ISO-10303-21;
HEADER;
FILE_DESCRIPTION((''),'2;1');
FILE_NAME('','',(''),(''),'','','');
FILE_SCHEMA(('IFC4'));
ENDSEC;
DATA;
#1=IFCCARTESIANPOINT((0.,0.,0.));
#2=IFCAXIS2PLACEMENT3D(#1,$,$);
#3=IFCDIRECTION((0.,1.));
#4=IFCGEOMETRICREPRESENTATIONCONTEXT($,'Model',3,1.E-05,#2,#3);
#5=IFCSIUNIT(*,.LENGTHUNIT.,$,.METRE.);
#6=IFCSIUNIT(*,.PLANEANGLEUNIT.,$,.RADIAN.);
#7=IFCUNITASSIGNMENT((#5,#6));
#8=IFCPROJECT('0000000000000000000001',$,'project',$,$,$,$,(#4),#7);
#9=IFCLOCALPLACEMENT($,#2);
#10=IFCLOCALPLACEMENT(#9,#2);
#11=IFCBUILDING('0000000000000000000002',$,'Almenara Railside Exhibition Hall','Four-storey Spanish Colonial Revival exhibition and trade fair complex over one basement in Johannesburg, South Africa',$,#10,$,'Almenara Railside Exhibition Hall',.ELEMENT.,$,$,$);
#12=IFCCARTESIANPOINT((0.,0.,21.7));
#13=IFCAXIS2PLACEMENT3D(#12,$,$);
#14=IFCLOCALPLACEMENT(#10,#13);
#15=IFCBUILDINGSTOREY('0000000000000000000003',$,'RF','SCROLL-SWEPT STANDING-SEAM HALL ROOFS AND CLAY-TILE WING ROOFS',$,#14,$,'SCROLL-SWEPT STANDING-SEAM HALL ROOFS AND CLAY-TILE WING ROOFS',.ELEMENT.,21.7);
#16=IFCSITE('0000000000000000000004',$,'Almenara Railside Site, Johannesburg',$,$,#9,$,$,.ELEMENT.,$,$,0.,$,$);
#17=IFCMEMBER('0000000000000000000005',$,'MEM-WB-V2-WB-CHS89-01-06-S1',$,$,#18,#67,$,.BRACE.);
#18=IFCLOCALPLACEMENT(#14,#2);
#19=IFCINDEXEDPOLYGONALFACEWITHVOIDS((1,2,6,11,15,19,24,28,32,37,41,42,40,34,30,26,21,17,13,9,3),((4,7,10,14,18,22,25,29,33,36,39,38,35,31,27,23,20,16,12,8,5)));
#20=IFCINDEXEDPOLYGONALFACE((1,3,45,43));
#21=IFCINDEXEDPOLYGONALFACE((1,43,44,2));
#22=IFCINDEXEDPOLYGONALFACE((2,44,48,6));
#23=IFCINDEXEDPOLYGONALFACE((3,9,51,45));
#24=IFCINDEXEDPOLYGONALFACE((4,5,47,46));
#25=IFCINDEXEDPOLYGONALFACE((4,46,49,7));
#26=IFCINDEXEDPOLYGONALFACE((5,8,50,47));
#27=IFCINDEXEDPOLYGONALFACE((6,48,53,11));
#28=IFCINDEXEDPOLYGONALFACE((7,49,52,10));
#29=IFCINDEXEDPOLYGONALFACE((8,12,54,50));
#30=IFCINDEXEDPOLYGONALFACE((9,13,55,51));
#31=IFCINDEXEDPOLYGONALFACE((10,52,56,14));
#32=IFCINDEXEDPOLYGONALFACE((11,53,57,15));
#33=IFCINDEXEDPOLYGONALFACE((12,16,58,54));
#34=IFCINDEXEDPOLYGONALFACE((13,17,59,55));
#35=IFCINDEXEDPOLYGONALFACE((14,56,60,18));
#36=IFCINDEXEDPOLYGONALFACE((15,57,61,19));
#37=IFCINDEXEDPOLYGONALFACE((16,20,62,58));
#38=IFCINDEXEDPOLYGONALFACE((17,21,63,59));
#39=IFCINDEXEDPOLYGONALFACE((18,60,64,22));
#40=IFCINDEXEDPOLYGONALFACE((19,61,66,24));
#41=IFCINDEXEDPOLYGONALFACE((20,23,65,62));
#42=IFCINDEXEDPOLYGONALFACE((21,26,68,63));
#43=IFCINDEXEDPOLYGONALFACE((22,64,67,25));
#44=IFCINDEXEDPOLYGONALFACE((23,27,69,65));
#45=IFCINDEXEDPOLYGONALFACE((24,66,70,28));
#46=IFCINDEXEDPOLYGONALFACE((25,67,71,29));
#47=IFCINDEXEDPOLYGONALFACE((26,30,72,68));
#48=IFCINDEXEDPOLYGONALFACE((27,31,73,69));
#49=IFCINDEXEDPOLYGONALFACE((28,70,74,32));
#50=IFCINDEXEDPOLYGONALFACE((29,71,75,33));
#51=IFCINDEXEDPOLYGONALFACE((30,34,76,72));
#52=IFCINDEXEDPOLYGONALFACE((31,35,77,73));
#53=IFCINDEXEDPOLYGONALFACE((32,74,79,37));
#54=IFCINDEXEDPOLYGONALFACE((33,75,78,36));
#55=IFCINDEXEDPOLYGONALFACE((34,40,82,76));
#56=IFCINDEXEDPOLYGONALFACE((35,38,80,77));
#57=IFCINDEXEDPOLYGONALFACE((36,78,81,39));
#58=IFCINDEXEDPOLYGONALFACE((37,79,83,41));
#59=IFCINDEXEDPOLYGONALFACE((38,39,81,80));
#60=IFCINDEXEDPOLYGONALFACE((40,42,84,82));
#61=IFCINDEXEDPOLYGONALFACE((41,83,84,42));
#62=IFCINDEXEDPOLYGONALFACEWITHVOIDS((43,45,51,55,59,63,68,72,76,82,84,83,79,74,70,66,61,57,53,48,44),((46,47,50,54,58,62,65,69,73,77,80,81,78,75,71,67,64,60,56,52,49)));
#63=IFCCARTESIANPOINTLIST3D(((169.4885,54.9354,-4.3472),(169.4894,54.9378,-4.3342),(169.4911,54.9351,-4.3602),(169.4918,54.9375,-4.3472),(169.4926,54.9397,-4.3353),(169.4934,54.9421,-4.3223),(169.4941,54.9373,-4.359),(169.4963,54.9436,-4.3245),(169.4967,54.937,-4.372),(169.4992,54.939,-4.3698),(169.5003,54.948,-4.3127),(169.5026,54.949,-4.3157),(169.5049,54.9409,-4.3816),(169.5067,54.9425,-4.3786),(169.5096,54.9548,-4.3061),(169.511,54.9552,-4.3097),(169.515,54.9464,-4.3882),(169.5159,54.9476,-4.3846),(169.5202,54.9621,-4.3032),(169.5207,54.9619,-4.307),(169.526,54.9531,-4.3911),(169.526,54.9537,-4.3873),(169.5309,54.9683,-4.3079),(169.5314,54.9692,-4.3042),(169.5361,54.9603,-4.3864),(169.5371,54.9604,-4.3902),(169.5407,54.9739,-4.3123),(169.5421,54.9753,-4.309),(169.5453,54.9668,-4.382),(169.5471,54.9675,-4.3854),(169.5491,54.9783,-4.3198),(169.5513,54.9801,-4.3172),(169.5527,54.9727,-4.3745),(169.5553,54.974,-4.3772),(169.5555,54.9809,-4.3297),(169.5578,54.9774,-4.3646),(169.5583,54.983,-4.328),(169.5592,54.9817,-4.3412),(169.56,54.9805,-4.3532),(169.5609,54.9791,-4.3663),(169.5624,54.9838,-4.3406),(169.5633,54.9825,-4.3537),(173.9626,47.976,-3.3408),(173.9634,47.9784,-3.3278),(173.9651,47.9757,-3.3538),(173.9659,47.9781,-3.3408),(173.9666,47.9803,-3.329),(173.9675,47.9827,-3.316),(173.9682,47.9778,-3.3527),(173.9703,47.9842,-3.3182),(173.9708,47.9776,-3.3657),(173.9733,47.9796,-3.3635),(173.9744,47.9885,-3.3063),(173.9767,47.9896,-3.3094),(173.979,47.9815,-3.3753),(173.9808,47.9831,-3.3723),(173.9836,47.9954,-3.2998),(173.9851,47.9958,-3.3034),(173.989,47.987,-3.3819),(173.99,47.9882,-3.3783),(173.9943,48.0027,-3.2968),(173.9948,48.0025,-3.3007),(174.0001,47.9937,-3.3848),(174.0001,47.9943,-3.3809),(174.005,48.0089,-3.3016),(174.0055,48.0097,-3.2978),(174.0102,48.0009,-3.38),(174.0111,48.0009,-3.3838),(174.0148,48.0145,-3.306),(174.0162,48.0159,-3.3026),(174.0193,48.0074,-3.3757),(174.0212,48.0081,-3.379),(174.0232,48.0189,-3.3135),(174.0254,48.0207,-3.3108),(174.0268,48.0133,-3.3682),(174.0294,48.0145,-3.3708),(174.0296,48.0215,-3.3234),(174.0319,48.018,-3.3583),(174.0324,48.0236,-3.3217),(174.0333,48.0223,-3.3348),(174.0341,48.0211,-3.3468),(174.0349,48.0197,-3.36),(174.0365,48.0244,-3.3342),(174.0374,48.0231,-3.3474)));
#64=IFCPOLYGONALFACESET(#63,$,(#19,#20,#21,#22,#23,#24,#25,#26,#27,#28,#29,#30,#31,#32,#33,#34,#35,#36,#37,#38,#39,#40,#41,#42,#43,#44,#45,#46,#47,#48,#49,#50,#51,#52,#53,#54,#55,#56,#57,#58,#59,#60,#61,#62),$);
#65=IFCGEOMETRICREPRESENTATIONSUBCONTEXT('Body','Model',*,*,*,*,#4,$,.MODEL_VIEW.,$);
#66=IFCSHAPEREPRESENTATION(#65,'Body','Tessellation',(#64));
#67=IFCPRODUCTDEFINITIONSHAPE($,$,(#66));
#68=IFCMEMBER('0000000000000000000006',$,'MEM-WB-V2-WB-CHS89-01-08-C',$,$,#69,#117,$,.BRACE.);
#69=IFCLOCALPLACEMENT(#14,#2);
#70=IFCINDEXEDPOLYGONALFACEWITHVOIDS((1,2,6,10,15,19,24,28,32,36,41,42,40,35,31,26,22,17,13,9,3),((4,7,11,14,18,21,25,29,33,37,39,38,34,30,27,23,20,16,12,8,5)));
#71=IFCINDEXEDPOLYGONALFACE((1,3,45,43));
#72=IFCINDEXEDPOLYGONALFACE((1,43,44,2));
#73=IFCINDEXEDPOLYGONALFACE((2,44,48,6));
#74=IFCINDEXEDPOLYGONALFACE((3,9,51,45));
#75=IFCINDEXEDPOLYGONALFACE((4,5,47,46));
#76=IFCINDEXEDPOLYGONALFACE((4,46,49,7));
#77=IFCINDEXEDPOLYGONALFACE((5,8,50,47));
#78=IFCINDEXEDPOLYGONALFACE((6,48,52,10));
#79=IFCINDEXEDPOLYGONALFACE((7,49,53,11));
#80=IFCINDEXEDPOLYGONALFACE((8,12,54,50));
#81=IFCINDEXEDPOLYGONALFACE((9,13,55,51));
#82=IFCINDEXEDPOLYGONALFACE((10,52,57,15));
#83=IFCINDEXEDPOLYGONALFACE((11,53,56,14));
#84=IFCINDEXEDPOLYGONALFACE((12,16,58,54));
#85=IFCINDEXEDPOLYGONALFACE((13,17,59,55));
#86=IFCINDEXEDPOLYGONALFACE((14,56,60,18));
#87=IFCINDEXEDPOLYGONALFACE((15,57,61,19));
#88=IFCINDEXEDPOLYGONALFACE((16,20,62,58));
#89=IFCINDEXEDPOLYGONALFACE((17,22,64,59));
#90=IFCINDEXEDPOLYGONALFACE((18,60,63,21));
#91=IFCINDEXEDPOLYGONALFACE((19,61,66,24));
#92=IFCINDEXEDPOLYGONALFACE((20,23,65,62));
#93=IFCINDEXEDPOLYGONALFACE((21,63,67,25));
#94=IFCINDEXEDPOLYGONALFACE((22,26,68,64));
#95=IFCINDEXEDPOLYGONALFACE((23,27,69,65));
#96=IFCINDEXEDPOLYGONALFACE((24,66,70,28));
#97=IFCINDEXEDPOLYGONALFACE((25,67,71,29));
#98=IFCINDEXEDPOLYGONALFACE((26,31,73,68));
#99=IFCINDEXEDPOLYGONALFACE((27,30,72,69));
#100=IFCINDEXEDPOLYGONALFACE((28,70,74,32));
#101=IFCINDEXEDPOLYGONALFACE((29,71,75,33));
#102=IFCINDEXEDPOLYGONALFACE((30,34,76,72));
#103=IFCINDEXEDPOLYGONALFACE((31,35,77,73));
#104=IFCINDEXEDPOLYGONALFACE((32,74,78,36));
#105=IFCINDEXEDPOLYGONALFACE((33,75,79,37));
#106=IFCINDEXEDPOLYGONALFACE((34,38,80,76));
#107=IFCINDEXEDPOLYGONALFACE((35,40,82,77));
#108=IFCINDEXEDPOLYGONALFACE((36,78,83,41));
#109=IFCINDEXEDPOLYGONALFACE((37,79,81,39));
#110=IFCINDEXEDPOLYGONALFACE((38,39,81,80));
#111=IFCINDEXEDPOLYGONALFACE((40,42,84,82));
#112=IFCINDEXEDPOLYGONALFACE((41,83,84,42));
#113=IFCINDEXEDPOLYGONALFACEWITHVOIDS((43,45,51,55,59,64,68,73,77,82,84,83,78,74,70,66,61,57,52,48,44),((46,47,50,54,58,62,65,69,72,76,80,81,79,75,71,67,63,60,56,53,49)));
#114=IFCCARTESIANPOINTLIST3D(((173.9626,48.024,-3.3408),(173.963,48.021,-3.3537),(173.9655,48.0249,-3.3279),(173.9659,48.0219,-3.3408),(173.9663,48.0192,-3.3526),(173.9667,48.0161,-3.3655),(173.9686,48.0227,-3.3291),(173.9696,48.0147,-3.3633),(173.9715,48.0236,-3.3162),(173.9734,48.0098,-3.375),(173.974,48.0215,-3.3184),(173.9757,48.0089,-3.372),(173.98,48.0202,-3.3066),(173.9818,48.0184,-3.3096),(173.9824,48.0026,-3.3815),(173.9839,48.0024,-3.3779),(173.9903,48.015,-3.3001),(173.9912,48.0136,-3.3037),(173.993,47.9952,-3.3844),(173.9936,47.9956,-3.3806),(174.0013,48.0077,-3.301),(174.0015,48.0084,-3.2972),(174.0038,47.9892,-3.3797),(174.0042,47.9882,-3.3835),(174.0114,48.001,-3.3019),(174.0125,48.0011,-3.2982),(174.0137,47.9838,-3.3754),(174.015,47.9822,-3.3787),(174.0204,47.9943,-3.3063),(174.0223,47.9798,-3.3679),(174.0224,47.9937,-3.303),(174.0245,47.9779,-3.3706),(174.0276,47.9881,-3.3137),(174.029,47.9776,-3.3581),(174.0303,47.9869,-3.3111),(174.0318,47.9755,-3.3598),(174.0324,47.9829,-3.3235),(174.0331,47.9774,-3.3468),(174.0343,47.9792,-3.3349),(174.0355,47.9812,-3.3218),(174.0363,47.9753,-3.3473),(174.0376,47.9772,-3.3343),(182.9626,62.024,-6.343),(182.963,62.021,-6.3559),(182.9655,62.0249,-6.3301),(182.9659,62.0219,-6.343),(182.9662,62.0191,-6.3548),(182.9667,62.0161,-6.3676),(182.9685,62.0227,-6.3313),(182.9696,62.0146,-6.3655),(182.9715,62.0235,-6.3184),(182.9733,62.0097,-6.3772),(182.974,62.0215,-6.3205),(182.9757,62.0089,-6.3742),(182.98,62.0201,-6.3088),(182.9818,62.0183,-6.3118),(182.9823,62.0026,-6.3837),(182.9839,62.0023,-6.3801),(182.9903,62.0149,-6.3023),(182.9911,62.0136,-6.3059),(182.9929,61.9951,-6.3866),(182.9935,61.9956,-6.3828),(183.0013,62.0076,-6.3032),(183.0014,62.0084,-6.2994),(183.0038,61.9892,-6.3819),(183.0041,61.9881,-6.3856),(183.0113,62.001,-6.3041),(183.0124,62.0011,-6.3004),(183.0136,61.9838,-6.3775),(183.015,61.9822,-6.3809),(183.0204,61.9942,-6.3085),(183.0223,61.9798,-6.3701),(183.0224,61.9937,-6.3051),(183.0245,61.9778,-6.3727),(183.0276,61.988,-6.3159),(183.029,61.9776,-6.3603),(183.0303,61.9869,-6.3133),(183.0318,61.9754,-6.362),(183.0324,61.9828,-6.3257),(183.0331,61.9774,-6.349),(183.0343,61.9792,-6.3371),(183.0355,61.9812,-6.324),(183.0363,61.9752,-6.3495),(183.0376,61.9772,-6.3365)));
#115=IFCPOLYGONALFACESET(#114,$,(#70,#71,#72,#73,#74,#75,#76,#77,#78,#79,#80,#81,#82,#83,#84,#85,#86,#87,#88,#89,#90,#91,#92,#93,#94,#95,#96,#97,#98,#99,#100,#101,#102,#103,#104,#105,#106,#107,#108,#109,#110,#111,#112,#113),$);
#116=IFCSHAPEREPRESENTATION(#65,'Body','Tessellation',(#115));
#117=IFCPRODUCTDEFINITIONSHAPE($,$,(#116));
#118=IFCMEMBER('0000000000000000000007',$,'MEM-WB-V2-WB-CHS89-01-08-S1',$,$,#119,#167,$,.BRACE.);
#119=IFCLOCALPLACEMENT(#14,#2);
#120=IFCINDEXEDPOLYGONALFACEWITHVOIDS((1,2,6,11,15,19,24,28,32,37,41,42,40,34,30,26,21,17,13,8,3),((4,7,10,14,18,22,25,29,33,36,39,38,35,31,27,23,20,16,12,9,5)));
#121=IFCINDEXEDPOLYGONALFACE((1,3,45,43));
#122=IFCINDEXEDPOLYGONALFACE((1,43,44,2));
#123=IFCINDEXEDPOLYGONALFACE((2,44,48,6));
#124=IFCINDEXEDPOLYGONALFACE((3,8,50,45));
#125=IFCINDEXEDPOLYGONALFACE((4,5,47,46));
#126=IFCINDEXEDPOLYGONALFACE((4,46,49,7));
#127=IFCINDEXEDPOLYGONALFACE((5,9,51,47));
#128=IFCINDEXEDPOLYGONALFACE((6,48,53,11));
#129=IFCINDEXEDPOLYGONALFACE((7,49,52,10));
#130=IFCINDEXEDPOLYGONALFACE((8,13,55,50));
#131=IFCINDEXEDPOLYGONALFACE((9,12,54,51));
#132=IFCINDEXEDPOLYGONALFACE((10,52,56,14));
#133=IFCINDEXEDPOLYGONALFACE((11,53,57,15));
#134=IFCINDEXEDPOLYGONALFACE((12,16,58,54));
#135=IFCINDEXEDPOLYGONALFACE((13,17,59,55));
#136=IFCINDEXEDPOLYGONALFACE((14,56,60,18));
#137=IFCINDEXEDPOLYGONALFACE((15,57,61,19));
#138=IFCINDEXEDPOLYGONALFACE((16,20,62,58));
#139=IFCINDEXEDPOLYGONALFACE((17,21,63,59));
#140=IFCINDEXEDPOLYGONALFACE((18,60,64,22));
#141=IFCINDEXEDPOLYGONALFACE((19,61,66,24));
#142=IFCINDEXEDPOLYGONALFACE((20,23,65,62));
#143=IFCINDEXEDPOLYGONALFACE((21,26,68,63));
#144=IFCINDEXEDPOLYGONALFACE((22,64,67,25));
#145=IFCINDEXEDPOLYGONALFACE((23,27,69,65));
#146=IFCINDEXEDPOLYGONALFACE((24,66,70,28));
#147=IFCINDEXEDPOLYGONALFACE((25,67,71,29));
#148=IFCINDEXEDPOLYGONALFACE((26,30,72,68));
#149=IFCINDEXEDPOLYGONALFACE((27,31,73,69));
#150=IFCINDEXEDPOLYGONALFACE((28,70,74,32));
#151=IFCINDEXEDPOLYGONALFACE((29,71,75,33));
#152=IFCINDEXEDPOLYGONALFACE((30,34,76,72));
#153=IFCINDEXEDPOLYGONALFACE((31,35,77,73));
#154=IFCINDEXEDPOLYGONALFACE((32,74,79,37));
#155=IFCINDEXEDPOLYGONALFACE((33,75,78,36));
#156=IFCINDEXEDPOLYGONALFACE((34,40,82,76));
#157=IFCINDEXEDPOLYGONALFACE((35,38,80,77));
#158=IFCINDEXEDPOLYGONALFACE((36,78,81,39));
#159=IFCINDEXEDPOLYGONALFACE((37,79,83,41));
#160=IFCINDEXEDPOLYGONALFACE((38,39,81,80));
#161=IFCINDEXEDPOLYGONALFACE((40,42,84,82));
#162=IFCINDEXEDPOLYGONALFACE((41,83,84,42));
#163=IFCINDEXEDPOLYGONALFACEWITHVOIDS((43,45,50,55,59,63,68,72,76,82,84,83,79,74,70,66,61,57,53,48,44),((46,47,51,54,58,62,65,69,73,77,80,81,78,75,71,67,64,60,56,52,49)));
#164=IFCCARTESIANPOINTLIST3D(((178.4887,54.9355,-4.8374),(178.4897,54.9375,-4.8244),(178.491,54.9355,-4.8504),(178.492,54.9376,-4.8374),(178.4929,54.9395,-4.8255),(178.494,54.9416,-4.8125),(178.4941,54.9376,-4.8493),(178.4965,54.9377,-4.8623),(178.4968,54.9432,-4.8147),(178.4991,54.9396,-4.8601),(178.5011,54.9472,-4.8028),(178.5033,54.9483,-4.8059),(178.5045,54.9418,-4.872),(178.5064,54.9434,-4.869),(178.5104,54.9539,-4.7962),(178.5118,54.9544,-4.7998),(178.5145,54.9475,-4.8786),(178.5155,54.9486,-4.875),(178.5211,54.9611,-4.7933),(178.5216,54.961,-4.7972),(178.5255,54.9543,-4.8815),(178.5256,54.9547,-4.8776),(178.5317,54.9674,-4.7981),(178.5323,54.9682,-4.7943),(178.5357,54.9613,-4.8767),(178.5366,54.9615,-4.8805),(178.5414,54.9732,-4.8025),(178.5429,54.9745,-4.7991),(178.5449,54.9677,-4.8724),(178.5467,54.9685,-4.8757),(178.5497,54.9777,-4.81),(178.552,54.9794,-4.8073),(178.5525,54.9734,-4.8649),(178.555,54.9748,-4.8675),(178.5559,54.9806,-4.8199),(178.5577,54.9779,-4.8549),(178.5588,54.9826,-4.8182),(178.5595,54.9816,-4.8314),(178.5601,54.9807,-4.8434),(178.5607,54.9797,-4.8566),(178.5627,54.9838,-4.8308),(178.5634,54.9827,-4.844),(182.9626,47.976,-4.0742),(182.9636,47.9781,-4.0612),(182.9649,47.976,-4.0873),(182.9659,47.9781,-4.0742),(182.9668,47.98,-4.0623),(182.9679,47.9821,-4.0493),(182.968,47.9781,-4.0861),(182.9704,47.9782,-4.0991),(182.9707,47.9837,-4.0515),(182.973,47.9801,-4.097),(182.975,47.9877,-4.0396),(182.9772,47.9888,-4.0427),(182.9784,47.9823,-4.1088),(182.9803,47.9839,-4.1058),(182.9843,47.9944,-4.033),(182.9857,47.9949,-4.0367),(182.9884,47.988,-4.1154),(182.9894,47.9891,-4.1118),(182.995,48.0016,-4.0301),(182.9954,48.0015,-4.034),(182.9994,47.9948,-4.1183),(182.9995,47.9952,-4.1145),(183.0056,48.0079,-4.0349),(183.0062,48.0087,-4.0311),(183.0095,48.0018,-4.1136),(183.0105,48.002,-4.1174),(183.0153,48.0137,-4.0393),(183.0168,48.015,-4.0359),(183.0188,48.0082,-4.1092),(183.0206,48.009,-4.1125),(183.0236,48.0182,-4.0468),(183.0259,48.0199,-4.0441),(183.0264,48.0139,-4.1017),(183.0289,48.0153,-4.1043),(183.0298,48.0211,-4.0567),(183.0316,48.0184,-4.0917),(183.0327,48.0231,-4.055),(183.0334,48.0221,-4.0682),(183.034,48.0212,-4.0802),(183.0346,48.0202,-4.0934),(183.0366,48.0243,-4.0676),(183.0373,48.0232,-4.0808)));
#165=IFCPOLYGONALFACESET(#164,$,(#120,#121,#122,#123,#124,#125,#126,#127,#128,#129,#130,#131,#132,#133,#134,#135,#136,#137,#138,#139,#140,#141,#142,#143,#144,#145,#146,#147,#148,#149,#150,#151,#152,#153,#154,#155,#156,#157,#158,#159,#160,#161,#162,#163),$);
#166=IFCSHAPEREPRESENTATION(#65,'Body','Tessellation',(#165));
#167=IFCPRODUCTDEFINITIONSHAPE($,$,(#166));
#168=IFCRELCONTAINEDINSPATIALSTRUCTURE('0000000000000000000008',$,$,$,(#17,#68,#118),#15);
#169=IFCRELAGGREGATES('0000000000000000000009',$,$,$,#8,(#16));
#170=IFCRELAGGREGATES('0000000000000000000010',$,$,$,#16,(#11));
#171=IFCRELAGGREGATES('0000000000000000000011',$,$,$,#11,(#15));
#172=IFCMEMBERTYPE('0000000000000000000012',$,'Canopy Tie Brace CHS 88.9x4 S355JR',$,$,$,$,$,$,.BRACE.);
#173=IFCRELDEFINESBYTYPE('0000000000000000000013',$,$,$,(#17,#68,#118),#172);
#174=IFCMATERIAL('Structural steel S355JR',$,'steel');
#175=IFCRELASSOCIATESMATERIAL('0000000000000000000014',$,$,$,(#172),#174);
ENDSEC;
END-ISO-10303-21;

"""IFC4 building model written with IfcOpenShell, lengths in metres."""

from ifc_helpers import new_model, si_unit, direction, frame, origin, origin_2d, place, context, subcontext, project, spatial, hollow_circle, extrude, material, material_profile, profile_set, type_object, element, save


model = new_model("IFC4")

# Units and contexts
model_context = context("Model", 3, precision=1e-05, world=origin(), true_north=direction((0.0, 1.0)))
body_context = subcontext(model_context, "Body", "Model", "MODEL_VIEW")
ifc_project = project(units=[si_unit("LENGTHUNIT", "METRE"), si_unit("PLANEANGLEUNIT", "RADIAN")], contexts=[model_context])

# Site, building, storey
site_placement = place(None, origin())
site = spatial("IfcSite", under=ifc_project, at=site_placement, Name="Almenara Railside Site, Johannesburg", CompositionType="ELEMENT", RefElevation=0.0)
building_placement = place(site_placement, origin())
building = spatial("IfcBuilding", under=site, at=building_placement, Name="Almenara Railside Exhibition Hall", Description="Four-storey Spanish Colonial Revival exhibition and trade fair complex over one basement in Johannesburg, South Africa", LongName="Almenara Railside Exhibition Hall", CompositionType="ELEMENT")
storey_placement = place(building_placement, frame((0.0, 0.0, 21.7)))
storey = spatial("IfcBuildingStorey", under=building, at=storey_placement, Name="RF", Description="SCROLL-SWEPT STANDING-SEAM HALL ROOFS AND CLAY-TILE WING ROOFS", LongName="SCROLL-SWEPT STANDING-SEAM HALL ROOFS AND CLAY-TILE WING ROOFS", CompositionType="ELEMENT", Elevation=21.7)

# Members
ifc_material_1 = material(Name="Structural steel S355JR", Category="steel")
ifc_material_profile_1 = material_profile(ifc_material_1, hollow_circle(Radius=0.0444, WallThickness=0.0039, at=origin_2d()), Name="CHS 88.9x4")
ifc_profile_set_1 = profile_set([ifc_material_profile_1], Name="Structural steel S355JR")
member_type_1 = type_object("IfcMemberType", Name="Canopy Tie Brace CHS 88.9x4 S355JR", PredefinedType="BRACE", material=ifc_profile_set_1)
member_1_placement = place(storey_placement, frame((174.0, 48.0, -3.3408), z_axis=(-0.536816, 0.835015, -0.120744), x_axis=(-0.841169, -0.540773, 0.0)))
element("IfcMember", 1, at=member_1_placement, inside=storey, type_object=member_type_1, Name="MEM-WB-V2-WB-CHS89-01-06-S1", PredefinedType="BRACE", context=body_context, shape_type="SweptSolid", body=[
    extrude(hollow_circle(Radius=0.0444, WallThickness=0.0039, at=origin_2d()), origin(), (0.0, 0.0, 1.0), 8.3345),
])
member_2_placement = place(storey_placement, frame((174.0, 48.0, -3.3408), z_axis=(0.532169, 0.827818, -0.17752), x_axis=(-0.841178, 0.540758, 0.0)))
element("IfcMember", 2, at=member_2_placement, inside=storey, type_object=member_type_1, Name="MEM-WB-V2-WB-CHS89-01-08-C", PredefinedType="BRACE", context=body_context, shape_type="SweptSolid", body=[
    extrude(hollow_circle(Radius=0.0444, WallThickness=0.0039, at=origin_2d()), origin(), (0.0, 0.0, 1.0), 16.9119),
])
member_3_placement = place(storey_placement, frame((183.0, 48.0, -4.0742), z_axis=(-0.538466, 0.837626, -0.091855), x_axis=(-0.841182, -0.540752, 0.0)))
element("IfcMember", 3, at=member_3_placement, inside=storey, type_object=member_type_1, Name="MEM-WB-V2-WB-CHS89-01-08-S1", PredefinedType="BRACE", context=body_context, shape_type="SweptSolid", body=[
    extrude(hollow_circle(Radius=0.0444, WallThickness=0.0039, at=origin_2d()), origin(), (0.0, 0.0, 1.0), 8.3086),
])

save(model, "model.ifc")
